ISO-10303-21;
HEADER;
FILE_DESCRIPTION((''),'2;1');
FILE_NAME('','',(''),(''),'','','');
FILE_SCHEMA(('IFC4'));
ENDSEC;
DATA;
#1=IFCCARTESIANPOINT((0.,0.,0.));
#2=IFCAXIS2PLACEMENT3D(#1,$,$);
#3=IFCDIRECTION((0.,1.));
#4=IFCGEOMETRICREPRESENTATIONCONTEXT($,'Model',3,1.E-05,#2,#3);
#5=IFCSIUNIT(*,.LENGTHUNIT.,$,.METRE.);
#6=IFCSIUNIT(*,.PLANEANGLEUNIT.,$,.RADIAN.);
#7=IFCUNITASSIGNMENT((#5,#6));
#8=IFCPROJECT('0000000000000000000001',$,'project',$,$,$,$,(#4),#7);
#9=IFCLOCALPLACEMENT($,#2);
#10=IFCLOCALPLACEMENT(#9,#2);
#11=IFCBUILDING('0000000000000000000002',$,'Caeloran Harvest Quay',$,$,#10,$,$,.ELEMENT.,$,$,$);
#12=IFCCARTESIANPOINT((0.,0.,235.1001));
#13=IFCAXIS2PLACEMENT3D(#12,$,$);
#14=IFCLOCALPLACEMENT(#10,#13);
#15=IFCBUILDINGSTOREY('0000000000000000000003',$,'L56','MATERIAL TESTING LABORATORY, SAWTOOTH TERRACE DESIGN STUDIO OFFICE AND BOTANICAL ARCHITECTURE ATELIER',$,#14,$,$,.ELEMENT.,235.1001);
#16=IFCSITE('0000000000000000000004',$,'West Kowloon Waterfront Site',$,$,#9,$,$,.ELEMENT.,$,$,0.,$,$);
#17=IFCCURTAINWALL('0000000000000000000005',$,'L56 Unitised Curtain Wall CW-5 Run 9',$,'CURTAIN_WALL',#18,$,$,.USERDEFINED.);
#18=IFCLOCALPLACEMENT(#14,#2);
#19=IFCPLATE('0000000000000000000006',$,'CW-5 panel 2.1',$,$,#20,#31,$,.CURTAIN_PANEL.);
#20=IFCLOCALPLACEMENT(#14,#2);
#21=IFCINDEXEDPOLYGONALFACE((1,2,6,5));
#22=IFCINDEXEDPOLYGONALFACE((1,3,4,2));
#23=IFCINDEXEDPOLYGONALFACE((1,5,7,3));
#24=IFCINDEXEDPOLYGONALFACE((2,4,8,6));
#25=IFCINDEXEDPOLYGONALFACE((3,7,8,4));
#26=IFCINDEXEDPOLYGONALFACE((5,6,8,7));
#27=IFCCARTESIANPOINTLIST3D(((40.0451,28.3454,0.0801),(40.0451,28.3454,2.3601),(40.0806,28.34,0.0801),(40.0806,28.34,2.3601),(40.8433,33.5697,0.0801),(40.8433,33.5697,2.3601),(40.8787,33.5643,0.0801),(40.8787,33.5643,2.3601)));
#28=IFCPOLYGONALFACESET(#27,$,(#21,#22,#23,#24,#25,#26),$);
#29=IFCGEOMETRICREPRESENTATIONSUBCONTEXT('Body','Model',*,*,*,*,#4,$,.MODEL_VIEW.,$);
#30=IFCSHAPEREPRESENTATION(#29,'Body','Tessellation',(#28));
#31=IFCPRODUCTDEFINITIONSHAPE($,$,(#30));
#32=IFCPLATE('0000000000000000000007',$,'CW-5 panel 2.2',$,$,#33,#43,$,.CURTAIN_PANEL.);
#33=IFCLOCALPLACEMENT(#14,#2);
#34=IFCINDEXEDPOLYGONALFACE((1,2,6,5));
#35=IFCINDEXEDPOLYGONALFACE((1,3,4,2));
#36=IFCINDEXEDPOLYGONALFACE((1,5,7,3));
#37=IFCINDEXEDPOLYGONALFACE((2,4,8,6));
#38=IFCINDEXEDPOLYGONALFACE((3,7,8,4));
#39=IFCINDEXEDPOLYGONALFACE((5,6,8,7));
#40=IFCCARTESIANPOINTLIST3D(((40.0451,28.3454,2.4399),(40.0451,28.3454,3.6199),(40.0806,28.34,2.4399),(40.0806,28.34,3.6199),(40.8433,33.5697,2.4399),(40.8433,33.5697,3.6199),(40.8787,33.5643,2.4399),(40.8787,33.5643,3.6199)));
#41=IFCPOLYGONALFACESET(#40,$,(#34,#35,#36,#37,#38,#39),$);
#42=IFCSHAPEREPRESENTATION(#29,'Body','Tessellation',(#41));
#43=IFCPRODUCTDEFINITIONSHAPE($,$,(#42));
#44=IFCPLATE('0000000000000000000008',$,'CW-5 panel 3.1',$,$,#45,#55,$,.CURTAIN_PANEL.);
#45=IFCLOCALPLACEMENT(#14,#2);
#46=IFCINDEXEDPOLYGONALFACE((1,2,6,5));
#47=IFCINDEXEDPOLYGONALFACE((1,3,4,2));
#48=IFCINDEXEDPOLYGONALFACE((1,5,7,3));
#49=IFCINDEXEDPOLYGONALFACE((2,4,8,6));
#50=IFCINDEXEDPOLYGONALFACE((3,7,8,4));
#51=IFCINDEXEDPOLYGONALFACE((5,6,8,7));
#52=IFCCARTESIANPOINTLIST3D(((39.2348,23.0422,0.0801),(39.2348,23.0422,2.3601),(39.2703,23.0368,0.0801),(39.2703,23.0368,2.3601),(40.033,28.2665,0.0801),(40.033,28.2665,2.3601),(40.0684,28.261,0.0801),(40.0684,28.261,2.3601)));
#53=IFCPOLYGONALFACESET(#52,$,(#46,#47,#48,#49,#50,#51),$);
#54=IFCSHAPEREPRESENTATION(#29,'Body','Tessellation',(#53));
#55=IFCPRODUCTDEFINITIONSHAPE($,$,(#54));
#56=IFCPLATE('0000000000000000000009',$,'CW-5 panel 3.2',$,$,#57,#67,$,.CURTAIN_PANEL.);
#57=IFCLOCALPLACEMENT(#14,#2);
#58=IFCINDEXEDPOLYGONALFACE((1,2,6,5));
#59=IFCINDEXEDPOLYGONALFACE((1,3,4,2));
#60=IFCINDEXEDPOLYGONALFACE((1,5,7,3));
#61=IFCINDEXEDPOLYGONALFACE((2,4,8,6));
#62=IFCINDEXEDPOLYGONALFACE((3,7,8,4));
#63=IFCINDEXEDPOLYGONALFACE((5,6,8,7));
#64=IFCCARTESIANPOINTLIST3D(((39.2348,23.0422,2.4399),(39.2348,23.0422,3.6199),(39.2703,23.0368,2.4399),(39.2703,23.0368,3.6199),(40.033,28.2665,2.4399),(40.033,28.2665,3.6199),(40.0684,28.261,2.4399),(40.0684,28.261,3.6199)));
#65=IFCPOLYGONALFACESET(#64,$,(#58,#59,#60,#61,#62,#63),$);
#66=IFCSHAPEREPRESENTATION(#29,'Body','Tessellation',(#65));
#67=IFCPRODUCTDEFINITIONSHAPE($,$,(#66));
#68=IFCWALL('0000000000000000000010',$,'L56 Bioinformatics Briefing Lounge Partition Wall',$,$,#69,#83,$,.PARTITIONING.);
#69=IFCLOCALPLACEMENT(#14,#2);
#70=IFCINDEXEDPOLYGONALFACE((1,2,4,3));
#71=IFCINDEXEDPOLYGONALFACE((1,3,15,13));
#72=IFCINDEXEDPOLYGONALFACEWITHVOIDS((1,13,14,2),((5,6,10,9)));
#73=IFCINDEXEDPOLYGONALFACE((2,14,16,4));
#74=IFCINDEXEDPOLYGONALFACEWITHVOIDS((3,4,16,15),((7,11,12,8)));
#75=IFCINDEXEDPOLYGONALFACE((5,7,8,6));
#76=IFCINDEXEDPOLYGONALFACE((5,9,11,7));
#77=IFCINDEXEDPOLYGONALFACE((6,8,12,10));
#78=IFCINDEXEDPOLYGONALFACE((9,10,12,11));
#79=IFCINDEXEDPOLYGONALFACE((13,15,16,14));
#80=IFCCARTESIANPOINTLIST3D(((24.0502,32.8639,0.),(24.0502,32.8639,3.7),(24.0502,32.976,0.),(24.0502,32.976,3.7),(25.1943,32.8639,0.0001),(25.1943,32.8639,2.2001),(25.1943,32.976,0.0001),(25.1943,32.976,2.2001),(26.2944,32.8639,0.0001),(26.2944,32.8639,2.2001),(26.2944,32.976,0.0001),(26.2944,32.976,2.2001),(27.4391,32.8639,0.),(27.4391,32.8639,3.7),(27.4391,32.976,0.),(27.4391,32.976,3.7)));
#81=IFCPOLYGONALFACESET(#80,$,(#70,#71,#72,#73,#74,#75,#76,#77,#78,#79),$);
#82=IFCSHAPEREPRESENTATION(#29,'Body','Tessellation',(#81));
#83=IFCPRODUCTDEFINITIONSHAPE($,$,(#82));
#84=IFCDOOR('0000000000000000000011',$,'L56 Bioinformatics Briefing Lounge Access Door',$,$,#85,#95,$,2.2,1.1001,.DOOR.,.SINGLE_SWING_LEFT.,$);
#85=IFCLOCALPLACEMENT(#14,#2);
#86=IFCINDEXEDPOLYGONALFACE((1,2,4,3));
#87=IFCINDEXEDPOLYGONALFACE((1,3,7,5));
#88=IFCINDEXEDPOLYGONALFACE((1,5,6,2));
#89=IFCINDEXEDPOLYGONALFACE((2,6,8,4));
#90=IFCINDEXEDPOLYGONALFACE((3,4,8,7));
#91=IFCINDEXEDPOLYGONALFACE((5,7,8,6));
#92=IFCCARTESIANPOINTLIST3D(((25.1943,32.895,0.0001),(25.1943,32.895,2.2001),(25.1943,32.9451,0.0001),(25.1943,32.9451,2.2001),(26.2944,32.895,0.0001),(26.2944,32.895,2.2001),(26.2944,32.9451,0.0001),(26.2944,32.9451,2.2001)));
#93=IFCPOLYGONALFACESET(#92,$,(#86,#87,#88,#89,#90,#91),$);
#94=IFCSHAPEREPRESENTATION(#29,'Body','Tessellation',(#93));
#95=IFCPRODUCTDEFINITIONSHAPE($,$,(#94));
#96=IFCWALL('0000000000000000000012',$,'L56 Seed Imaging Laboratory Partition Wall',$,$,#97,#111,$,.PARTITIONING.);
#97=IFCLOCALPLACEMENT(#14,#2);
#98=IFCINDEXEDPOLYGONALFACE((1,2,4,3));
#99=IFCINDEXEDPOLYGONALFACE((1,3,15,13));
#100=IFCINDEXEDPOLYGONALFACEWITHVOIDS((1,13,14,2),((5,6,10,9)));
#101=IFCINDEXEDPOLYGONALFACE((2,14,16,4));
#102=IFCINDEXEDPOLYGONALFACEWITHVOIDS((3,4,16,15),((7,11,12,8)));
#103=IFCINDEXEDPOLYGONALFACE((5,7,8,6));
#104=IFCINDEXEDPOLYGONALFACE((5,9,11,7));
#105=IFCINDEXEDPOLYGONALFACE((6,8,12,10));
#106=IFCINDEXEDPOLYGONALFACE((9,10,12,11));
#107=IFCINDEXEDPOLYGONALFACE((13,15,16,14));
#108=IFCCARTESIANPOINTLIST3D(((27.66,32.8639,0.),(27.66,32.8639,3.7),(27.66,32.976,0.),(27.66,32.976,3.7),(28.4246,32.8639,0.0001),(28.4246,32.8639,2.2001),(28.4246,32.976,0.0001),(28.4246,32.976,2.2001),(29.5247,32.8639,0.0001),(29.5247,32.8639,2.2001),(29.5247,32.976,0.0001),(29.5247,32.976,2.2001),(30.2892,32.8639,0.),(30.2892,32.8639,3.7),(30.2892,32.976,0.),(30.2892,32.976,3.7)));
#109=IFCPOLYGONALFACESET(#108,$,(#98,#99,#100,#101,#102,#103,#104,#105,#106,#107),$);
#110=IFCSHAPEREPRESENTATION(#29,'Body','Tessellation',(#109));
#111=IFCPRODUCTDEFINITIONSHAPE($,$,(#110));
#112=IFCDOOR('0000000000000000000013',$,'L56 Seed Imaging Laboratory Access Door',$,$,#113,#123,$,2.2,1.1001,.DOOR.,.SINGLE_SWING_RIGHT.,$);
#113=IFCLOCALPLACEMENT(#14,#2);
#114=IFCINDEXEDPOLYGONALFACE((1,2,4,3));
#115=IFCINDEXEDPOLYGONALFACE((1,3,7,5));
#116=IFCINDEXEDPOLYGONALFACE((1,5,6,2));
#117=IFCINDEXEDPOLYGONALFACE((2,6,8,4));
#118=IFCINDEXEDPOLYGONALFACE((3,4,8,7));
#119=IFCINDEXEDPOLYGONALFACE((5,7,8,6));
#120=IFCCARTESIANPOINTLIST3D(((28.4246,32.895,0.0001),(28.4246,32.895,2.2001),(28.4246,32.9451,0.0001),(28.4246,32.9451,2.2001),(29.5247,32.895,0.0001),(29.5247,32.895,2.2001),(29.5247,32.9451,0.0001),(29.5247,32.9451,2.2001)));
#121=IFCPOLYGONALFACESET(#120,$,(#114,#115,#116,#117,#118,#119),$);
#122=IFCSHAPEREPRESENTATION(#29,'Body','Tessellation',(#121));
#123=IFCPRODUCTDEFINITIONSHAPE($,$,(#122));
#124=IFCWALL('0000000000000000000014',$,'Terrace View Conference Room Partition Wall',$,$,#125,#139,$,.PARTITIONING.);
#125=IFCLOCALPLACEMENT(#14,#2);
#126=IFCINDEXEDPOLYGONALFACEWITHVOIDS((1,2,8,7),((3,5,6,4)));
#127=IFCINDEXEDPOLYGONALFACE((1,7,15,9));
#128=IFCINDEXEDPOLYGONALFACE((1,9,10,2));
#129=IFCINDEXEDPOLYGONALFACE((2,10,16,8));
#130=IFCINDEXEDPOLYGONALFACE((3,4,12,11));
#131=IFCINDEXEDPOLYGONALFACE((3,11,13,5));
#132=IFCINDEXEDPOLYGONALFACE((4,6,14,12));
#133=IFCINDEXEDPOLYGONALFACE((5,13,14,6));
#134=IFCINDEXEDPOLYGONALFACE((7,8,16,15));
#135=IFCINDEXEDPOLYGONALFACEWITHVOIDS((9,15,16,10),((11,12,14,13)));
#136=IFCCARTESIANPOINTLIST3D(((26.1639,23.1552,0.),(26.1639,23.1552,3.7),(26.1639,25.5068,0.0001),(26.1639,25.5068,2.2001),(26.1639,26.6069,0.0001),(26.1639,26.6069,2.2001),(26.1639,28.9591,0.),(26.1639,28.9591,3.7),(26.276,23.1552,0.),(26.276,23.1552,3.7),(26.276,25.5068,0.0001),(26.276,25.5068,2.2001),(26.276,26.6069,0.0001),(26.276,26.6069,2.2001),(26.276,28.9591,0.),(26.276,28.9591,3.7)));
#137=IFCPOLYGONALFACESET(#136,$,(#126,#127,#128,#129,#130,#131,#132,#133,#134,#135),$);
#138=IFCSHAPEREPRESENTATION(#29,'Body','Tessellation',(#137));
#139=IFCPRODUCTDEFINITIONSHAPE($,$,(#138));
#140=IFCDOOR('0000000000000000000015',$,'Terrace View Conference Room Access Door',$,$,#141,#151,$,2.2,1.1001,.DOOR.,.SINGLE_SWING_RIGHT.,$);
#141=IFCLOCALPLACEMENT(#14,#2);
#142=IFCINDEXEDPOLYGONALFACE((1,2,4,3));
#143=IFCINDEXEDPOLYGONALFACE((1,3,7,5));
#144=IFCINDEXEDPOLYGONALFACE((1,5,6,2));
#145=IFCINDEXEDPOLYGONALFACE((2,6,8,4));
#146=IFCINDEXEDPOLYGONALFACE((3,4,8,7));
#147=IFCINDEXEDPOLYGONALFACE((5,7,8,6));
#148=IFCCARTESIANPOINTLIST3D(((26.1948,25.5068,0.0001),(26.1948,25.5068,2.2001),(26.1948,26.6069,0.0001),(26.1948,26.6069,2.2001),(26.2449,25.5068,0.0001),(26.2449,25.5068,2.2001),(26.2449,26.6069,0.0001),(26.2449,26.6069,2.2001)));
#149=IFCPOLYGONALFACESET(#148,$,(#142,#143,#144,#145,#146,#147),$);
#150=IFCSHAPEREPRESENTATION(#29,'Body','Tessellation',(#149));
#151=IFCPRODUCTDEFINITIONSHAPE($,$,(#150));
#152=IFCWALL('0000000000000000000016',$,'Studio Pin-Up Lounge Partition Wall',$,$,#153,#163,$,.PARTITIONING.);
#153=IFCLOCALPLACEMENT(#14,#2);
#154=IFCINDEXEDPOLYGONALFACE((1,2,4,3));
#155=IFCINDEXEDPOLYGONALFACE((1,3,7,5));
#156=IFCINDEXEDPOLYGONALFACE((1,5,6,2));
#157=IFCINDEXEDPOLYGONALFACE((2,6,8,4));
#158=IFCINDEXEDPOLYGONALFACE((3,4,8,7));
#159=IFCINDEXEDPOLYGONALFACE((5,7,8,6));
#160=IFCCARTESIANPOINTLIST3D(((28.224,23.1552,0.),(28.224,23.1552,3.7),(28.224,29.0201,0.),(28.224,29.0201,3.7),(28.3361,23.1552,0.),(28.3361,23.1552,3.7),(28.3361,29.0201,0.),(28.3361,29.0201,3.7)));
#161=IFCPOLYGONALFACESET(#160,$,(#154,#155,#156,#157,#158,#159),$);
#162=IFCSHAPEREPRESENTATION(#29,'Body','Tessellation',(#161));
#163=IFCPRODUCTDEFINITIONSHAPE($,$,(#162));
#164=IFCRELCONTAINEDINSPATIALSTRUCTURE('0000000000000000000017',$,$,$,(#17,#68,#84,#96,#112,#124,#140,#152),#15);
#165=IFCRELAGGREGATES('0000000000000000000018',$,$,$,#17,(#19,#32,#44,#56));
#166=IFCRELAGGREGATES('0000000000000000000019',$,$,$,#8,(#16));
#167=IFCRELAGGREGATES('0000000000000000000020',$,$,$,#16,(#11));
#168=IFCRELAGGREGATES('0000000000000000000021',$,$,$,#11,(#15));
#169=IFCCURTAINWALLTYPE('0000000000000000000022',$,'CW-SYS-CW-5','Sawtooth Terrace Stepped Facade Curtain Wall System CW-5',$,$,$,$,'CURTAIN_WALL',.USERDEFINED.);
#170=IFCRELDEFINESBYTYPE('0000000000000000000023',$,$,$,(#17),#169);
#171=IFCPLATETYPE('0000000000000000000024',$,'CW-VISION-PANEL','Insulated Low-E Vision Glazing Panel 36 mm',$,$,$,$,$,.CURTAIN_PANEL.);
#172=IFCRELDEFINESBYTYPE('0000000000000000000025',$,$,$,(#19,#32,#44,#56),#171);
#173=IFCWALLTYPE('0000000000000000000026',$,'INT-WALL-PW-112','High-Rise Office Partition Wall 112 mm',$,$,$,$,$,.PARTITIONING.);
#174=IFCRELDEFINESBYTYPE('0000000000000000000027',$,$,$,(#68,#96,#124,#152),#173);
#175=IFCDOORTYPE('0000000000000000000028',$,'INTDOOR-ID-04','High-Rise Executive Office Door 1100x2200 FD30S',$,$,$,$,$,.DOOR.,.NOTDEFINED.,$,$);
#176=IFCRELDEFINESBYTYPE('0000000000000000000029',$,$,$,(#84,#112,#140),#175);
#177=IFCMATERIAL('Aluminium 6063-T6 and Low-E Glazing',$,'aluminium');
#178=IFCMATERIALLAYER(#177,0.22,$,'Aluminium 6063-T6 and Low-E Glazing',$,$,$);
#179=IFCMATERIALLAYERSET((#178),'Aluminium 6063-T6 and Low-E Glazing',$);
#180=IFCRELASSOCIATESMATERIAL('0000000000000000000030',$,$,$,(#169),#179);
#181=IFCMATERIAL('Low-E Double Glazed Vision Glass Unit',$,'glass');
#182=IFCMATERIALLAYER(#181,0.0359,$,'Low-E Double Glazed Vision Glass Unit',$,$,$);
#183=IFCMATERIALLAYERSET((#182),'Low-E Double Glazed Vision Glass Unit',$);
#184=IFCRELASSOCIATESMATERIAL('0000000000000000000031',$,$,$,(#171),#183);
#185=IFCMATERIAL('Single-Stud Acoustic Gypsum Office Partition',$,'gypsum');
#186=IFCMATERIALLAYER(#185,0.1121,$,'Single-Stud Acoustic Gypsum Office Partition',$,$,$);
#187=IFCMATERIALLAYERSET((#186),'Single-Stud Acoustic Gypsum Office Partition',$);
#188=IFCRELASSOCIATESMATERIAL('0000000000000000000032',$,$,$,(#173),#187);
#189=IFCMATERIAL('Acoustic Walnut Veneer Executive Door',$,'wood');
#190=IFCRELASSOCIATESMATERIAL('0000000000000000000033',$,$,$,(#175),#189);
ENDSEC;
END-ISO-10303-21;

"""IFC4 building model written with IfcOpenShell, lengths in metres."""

from ifc_helpers import new_model, si_unit, direction, frame, frame_2d, origin, origin_2d, place, context, subcontext, project, spatial, rectangle, extrude, material, layer, layer_set, type_object, element, fill, aggregate, save


model = new_model("IFC4")

# Units and contexts
model_context = context("Model", 3, precision=1e-05, world=origin(), true_north=direction((0.0, 1.0)))
body_context = subcontext(model_context, "Body", "Model", "MODEL_VIEW")
ifc_project = project(units=[si_unit("LENGTHUNIT", "METRE"), si_unit("PLANEANGLEUNIT", "RADIAN")], contexts=[model_context])

# Site, building, storey
site_placement = place(None, origin())
site = spatial("IfcSite", under=ifc_project, at=site_placement, Name="West Kowloon Waterfront Site", CompositionType="ELEMENT", RefElevation=0.0)
building_placement = place(site_placement, origin())
building = spatial("IfcBuilding", under=site, at=building_placement, Name="Caeloran Harvest Quay", CompositionType="ELEMENT")
storey_placement = place(building_placement, frame((0.0, 0.0, 235.1001)))
storey = spatial("IfcBuildingStorey", under=building, at=storey_placement, Name="L56", Description="MATERIAL TESTING LABORATORY, SAWTOOTH TERRACE DESIGN STUDIO OFFICE AND BOTANICAL ARCHITECTURE ATELIER", CompositionType="ELEMENT", Elevation=235.1001)

# Curtain wall, plates
ifc_material_1 = material(Name="Aluminium 6063-T6 and Low-E Glazing", Category="aluminium")
ifc_layer_1 = layer(ifc_material_1, 0.22, Name="Aluminium 6063-T6 and Low-E Glazing")
ifc_layer_set_1 = layer_set([ifc_layer_1], Name="Aluminium 6063-T6 and Low-E Glazing")
curtain_wall_type = type_object("IfcCurtainWallType", Name="CW-SYS-CW-5", Description="Sawtooth Terrace Stepped Facade Curtain Wall System CW-5", ElementType="CURTAIN_WALL", PredefinedType="USERDEFINED", material=ifc_layer_set_1)
curtain_wall_placement = place(storey_placement, origin())
curtain_wall = element("IfcCurtainWall", 1, at=curtain_wall_placement, inside=storey, type_object=curtain_wall_type, Name="L56 Unitised Curtain Wall CW-5 Run 9", ObjectType="CURTAIN_WALL", PredefinedType="USERDEFINED")
ifc_material_2 = material(Name="Low-E Double Glazed Vision Glass Unit", Category="glass")
ifc_layer_2 = layer(ifc_material_2, 0.0359, Name="Low-E Double Glazed Vision Glass Unit")
ifc_layer_set_2 = layer_set([ifc_layer_2], Name="Low-E Double Glazed Vision Glass Unit")
plate_type = type_object("IfcPlateType", Name="CW-VISION-PANEL", Description="Insulated Low-E Vision Glazing Panel 36 mm", PredefinedType="CURTAIN_PANEL", material=ifc_layer_set_2)
plate_1_placement = place(storey_placement, frame((40.4619, 30.9548, 0.0801), z_axis=(0.0, 0.0, 1.0), x_axis=(-0.151028, -0.98853, 0.0)))
plate_1 = element("IfcPlate", 2, at=plate_1_placement, type_object=plate_type, Name="CW-5 panel 2.1", PredefinedType="CURTAIN_PANEL", context=body_context, shape_type="SweptSolid", body=[
    extrude(rectangle(XDim=5.2849, YDim=0.0359, at=origin_2d()), origin(), (0.0, 0.0, 1.0), 2.28),
])
plate_2_placement = place(storey_placement, frame((40.4619, 30.9548, 2.4399), z_axis=(0.0, 0.0, 1.0), x_axis=(-0.151028, -0.98853, 0.0)))
plate_2 = element("IfcPlate", 3, at=plate_2_placement, type_object=plate_type, Name="CW-5 panel 2.2", PredefinedType="CURTAIN_PANEL", context=body_context, shape_type="SweptSolid", body=[
    extrude(rectangle(XDim=5.2849, YDim=0.0359, at=origin_2d()), origin(), (0.0, 0.0, 1.0), 1.1799),
])
plate_3_placement = place(storey_placement, frame((39.6516, 25.6516, 0.0801), z_axis=(0.0, 0.0, 1.0), x_axis=(-0.151028, -0.98853, 0.0)))
plate_3 = element("IfcPlate", 4, at=plate_3_placement, type_object=plate_type, Name="CW-5 panel 3.1", PredefinedType="CURTAIN_PANEL", context=body_context, shape_type="SweptSolid", body=[
    extrude(rectangle(XDim=5.2849, YDim=0.0359, at=origin_2d()), origin(), (0.0, 0.0, 1.0), 2.28),
])
plate_4_placement = place(storey_placement, frame((39.6516, 25.6516, 2.4399), z_axis=(0.0, 0.0, 1.0), x_axis=(-0.151028, -0.98853, 0.0)))
plate_4 = element("IfcPlate", 5, at=plate_4_placement, type_object=plate_type, Name="CW-5 panel 3.2", PredefinedType="CURTAIN_PANEL", context=body_context, shape_type="SweptSolid", body=[
    extrude(rectangle(XDim=5.2849, YDim=0.0359, at=origin_2d()), origin(), (0.0, 0.0, 1.0), 1.1799),
])
aggregate(curtain_wall, [plate_1, plate_2, plate_3, plate_4])

# Walls, openings, doors
ifc_material_3 = material(Name="Single-Stud Acoustic Gypsum Office Partition", Category="gypsum")
ifc_layer_3 = layer(ifc_material_3, 0.1121, Name="Single-Stud Acoustic Gypsum Office Partition")
ifc_layer_set_3 = layer_set([ifc_layer_3], Name="Single-Stud Acoustic Gypsum Office Partition")
wall_type = type_object("IfcWallType", Name="INT-WALL-PW-112", Description="High-Rise Office Partition Wall 112 mm", PredefinedType="PARTITIONING", material=ifc_layer_set_3)
wall_1_placement = place(storey_placement, frame((27.439, 32.9199, 0.0), z_axis=(0.0, 0.0, 1.0), x_axis=(-1.0, 0.0, 0.0)))
wall_1 = element("IfcWall", 6, at=wall_1_placement, inside=storey, type_object=wall_type, Name="L56 Bioinformatics Briefing Lounge Partition Wall", PredefinedType="PARTITIONING", context=body_context, shape_type="SweptSolid", body=[
    extrude(rectangle(XDim=3.3889, YDim=0.1121, at=frame_2d((1.6943, 0.0))), origin(), (0.0, 0.0, 1.0), 3.7),
])
opening_1_placement = place(wall_1_placement, frame((1.1445, 0.0, 0.0)))
opening_1 = element("IfcOpeningElement", 7, at=opening_1_placement, cuts=wall_1, PredefinedType="OPENING", context=body_context, shape_type="SweptSolid", body=[
    extrude(rectangle(XDim=1.1001, YDim=2.2, at=frame_2d((0.55, 1.1001))), frame((0.0, 0.0659, 0.0), z_axis=(0.0, -1.0, 0.0), x_axis=(1.0, 0.0, 0.0)), (0.0, 0.0, 1.0), 0.1321),
])
ifc_material_4 = material(Name="Acoustic Walnut Veneer Executive Door", Category="wood")
door_type = type_object("IfcDoorType", Name="INTDOOR-ID-04", Description="High-Rise Executive Office Door 1100x2200 FD30S", OperationType="NOTDEFINED", PredefinedType="DOOR", material=ifc_material_4)
door_1_placement = place(opening_1_placement, origin())
door_1 = element("IfcDoor", 8, at=door_1_placement, inside=storey, type_object=door_type, Name="L56 Bioinformatics Briefing Lounge Access Door", OperationType="SINGLE_SWING_LEFT", OverallHeight=2.2, OverallWidth=1.1001, PredefinedType="DOOR", context=body_context, shape_type="SweptSolid", body=[
    extrude(rectangle(XDim=1.1001, YDim=2.2, at=frame_2d((0.55, 1.1001))), frame((0.0, 0.0249, 0.0), z_axis=(0.0, -1.0, 0.0), x_axis=(1.0, 0.0, 0.0)), (0.0, 0.0, 1.0), 0.05),
])
fill(opening_1, door_1)
wall_2_placement = place(storey_placement, frame((30.2891, 32.9199, 0.0), z_axis=(0.0, 0.0, 1.0), x_axis=(-1.0, 0.0, 0.0)))
wall_2 = element("IfcWall", 9, at=wall_2_placement, inside=storey, type_object=wall_type, Name="L56 Seed Imaging Laboratory Partition Wall", PredefinedType="PARTITIONING", context=body_context, shape_type="SweptSolid", body=[
    extrude(rectangle(XDim=2.6292, YDim=0.1121, at=frame_2d((1.3145, 0.0))), origin(), (0.0, 0.0, 1.0), 3.7),
])
opening_2_placement = place(wall_2_placement, frame((0.7644, 0.0, 0.0)))
opening_2 = element("IfcOpeningElement", 10, at=opening_2_placement, cuts=wall_2, PredefinedType="OPENING", context=body_context, shape_type="SweptSolid", body=[
    extrude(rectangle(XDim=1.1001, YDim=2.2, at=frame_2d((0.55, 1.1001))), frame((0.0, 0.0659, 0.0), z_axis=(0.0, -1.0, 0.0), x_axis=(1.0, 0.0, 0.0)), (0.0, 0.0, 1.0), 0.1321),
])
door_2_placement = place(opening_2_placement, origin())
door_2 = element("IfcDoor", 11, at=door_2_placement, inside=storey, type_object=door_type, Name="L56 Seed Imaging Laboratory Access Door", OperationType="SINGLE_SWING_RIGHT", OverallHeight=2.2, OverallWidth=1.1001, PredefinedType="DOOR", context=body_context, shape_type="SweptSolid", body=[
    extrude(rectangle(XDim=1.1001, YDim=2.2, at=frame_2d((0.55, 1.1001))), frame((0.0, 0.0249, 0.0), z_axis=(0.0, -1.0, 0.0), x_axis=(1.0, 0.0, 0.0)), (0.0, 0.0, 1.0), 0.05),
])
fill(opening_2, door_2)
wall_3_placement = place(storey_placement, frame((26.22, 28.959, 0.0), z_axis=(0.0, 0.0, 1.0), x_axis=(0.0, -1.0, 0.0)))
wall_3 = element("IfcWall", 12, at=wall_3_placement, inside=storey, type_object=wall_type, Name="Terrace View Conference Room Partition Wall", PredefinedType="PARTITIONING", context=body_context, shape_type="SweptSolid", body=[
    extrude(rectangle(XDim=5.804, YDim=0.1121, at=frame_2d((2.9019, 0.0))), origin(), (0.0, 0.0, 1.0), 3.7),
])
opening_3_placement = place(wall_3_placement, frame((2.3521, 0.0, 0.0)))
opening_3 = element("IfcOpeningElement", 13, at=opening_3_placement, cuts=wall_3, PredefinedType="OPENING", context=body_context, shape_type="SweptSolid", body=[
    extrude(rectangle(XDim=1.1001, YDim=2.2, at=frame_2d((0.55, 1.1001))), frame((0.0, 0.0659, 0.0), z_axis=(0.0, -1.0, 0.0), x_axis=(1.0, 0.0, 0.0)), (0.0, 0.0, 1.0), 0.1321),
])
door_3_placement = place(opening_3_placement, origin())
door_3 = element("IfcDoor", 14, at=door_3_placement, inside=storey, type_object=door_type, Name="Terrace View Conference Room Access Door", OperationType="SINGLE_SWING_RIGHT", OverallHeight=2.2, OverallWidth=1.1001, PredefinedType="DOOR", context=body_context, shape_type="SweptSolid", body=[
    extrude(rectangle(XDim=1.1001, YDim=2.2, at=frame_2d((0.55, 1.1001))), frame((0.0, 0.0249, 0.0), z_axis=(0.0, -1.0, 0.0), x_axis=(1.0, 0.0, 0.0)), (0.0, 0.0, 1.0), 0.05),
])
fill(opening_3, door_3)

# Wall
wall_4_placement = place(storey_placement, frame((28.28, 23.155, 0.0), z_axis=(0.0, 0.0, 1.0), x_axis=(0.0, 1.0, 0.0)))
element("IfcWall", 15, at=wall_4_placement, inside=storey, type_object=wall_type, Name="Studio Pin-Up Lounge Partition Wall", PredefinedType="PARTITIONING", context=body_context, shape_type="SweptSolid", body=[
    extrude(rectangle(XDim=5.865, YDim=0.1121, at=frame_2d((2.9326, 0.0))), origin(), (0.0, 0.0, 1.0), 3.7),
])

save(model, "model.ifc")
